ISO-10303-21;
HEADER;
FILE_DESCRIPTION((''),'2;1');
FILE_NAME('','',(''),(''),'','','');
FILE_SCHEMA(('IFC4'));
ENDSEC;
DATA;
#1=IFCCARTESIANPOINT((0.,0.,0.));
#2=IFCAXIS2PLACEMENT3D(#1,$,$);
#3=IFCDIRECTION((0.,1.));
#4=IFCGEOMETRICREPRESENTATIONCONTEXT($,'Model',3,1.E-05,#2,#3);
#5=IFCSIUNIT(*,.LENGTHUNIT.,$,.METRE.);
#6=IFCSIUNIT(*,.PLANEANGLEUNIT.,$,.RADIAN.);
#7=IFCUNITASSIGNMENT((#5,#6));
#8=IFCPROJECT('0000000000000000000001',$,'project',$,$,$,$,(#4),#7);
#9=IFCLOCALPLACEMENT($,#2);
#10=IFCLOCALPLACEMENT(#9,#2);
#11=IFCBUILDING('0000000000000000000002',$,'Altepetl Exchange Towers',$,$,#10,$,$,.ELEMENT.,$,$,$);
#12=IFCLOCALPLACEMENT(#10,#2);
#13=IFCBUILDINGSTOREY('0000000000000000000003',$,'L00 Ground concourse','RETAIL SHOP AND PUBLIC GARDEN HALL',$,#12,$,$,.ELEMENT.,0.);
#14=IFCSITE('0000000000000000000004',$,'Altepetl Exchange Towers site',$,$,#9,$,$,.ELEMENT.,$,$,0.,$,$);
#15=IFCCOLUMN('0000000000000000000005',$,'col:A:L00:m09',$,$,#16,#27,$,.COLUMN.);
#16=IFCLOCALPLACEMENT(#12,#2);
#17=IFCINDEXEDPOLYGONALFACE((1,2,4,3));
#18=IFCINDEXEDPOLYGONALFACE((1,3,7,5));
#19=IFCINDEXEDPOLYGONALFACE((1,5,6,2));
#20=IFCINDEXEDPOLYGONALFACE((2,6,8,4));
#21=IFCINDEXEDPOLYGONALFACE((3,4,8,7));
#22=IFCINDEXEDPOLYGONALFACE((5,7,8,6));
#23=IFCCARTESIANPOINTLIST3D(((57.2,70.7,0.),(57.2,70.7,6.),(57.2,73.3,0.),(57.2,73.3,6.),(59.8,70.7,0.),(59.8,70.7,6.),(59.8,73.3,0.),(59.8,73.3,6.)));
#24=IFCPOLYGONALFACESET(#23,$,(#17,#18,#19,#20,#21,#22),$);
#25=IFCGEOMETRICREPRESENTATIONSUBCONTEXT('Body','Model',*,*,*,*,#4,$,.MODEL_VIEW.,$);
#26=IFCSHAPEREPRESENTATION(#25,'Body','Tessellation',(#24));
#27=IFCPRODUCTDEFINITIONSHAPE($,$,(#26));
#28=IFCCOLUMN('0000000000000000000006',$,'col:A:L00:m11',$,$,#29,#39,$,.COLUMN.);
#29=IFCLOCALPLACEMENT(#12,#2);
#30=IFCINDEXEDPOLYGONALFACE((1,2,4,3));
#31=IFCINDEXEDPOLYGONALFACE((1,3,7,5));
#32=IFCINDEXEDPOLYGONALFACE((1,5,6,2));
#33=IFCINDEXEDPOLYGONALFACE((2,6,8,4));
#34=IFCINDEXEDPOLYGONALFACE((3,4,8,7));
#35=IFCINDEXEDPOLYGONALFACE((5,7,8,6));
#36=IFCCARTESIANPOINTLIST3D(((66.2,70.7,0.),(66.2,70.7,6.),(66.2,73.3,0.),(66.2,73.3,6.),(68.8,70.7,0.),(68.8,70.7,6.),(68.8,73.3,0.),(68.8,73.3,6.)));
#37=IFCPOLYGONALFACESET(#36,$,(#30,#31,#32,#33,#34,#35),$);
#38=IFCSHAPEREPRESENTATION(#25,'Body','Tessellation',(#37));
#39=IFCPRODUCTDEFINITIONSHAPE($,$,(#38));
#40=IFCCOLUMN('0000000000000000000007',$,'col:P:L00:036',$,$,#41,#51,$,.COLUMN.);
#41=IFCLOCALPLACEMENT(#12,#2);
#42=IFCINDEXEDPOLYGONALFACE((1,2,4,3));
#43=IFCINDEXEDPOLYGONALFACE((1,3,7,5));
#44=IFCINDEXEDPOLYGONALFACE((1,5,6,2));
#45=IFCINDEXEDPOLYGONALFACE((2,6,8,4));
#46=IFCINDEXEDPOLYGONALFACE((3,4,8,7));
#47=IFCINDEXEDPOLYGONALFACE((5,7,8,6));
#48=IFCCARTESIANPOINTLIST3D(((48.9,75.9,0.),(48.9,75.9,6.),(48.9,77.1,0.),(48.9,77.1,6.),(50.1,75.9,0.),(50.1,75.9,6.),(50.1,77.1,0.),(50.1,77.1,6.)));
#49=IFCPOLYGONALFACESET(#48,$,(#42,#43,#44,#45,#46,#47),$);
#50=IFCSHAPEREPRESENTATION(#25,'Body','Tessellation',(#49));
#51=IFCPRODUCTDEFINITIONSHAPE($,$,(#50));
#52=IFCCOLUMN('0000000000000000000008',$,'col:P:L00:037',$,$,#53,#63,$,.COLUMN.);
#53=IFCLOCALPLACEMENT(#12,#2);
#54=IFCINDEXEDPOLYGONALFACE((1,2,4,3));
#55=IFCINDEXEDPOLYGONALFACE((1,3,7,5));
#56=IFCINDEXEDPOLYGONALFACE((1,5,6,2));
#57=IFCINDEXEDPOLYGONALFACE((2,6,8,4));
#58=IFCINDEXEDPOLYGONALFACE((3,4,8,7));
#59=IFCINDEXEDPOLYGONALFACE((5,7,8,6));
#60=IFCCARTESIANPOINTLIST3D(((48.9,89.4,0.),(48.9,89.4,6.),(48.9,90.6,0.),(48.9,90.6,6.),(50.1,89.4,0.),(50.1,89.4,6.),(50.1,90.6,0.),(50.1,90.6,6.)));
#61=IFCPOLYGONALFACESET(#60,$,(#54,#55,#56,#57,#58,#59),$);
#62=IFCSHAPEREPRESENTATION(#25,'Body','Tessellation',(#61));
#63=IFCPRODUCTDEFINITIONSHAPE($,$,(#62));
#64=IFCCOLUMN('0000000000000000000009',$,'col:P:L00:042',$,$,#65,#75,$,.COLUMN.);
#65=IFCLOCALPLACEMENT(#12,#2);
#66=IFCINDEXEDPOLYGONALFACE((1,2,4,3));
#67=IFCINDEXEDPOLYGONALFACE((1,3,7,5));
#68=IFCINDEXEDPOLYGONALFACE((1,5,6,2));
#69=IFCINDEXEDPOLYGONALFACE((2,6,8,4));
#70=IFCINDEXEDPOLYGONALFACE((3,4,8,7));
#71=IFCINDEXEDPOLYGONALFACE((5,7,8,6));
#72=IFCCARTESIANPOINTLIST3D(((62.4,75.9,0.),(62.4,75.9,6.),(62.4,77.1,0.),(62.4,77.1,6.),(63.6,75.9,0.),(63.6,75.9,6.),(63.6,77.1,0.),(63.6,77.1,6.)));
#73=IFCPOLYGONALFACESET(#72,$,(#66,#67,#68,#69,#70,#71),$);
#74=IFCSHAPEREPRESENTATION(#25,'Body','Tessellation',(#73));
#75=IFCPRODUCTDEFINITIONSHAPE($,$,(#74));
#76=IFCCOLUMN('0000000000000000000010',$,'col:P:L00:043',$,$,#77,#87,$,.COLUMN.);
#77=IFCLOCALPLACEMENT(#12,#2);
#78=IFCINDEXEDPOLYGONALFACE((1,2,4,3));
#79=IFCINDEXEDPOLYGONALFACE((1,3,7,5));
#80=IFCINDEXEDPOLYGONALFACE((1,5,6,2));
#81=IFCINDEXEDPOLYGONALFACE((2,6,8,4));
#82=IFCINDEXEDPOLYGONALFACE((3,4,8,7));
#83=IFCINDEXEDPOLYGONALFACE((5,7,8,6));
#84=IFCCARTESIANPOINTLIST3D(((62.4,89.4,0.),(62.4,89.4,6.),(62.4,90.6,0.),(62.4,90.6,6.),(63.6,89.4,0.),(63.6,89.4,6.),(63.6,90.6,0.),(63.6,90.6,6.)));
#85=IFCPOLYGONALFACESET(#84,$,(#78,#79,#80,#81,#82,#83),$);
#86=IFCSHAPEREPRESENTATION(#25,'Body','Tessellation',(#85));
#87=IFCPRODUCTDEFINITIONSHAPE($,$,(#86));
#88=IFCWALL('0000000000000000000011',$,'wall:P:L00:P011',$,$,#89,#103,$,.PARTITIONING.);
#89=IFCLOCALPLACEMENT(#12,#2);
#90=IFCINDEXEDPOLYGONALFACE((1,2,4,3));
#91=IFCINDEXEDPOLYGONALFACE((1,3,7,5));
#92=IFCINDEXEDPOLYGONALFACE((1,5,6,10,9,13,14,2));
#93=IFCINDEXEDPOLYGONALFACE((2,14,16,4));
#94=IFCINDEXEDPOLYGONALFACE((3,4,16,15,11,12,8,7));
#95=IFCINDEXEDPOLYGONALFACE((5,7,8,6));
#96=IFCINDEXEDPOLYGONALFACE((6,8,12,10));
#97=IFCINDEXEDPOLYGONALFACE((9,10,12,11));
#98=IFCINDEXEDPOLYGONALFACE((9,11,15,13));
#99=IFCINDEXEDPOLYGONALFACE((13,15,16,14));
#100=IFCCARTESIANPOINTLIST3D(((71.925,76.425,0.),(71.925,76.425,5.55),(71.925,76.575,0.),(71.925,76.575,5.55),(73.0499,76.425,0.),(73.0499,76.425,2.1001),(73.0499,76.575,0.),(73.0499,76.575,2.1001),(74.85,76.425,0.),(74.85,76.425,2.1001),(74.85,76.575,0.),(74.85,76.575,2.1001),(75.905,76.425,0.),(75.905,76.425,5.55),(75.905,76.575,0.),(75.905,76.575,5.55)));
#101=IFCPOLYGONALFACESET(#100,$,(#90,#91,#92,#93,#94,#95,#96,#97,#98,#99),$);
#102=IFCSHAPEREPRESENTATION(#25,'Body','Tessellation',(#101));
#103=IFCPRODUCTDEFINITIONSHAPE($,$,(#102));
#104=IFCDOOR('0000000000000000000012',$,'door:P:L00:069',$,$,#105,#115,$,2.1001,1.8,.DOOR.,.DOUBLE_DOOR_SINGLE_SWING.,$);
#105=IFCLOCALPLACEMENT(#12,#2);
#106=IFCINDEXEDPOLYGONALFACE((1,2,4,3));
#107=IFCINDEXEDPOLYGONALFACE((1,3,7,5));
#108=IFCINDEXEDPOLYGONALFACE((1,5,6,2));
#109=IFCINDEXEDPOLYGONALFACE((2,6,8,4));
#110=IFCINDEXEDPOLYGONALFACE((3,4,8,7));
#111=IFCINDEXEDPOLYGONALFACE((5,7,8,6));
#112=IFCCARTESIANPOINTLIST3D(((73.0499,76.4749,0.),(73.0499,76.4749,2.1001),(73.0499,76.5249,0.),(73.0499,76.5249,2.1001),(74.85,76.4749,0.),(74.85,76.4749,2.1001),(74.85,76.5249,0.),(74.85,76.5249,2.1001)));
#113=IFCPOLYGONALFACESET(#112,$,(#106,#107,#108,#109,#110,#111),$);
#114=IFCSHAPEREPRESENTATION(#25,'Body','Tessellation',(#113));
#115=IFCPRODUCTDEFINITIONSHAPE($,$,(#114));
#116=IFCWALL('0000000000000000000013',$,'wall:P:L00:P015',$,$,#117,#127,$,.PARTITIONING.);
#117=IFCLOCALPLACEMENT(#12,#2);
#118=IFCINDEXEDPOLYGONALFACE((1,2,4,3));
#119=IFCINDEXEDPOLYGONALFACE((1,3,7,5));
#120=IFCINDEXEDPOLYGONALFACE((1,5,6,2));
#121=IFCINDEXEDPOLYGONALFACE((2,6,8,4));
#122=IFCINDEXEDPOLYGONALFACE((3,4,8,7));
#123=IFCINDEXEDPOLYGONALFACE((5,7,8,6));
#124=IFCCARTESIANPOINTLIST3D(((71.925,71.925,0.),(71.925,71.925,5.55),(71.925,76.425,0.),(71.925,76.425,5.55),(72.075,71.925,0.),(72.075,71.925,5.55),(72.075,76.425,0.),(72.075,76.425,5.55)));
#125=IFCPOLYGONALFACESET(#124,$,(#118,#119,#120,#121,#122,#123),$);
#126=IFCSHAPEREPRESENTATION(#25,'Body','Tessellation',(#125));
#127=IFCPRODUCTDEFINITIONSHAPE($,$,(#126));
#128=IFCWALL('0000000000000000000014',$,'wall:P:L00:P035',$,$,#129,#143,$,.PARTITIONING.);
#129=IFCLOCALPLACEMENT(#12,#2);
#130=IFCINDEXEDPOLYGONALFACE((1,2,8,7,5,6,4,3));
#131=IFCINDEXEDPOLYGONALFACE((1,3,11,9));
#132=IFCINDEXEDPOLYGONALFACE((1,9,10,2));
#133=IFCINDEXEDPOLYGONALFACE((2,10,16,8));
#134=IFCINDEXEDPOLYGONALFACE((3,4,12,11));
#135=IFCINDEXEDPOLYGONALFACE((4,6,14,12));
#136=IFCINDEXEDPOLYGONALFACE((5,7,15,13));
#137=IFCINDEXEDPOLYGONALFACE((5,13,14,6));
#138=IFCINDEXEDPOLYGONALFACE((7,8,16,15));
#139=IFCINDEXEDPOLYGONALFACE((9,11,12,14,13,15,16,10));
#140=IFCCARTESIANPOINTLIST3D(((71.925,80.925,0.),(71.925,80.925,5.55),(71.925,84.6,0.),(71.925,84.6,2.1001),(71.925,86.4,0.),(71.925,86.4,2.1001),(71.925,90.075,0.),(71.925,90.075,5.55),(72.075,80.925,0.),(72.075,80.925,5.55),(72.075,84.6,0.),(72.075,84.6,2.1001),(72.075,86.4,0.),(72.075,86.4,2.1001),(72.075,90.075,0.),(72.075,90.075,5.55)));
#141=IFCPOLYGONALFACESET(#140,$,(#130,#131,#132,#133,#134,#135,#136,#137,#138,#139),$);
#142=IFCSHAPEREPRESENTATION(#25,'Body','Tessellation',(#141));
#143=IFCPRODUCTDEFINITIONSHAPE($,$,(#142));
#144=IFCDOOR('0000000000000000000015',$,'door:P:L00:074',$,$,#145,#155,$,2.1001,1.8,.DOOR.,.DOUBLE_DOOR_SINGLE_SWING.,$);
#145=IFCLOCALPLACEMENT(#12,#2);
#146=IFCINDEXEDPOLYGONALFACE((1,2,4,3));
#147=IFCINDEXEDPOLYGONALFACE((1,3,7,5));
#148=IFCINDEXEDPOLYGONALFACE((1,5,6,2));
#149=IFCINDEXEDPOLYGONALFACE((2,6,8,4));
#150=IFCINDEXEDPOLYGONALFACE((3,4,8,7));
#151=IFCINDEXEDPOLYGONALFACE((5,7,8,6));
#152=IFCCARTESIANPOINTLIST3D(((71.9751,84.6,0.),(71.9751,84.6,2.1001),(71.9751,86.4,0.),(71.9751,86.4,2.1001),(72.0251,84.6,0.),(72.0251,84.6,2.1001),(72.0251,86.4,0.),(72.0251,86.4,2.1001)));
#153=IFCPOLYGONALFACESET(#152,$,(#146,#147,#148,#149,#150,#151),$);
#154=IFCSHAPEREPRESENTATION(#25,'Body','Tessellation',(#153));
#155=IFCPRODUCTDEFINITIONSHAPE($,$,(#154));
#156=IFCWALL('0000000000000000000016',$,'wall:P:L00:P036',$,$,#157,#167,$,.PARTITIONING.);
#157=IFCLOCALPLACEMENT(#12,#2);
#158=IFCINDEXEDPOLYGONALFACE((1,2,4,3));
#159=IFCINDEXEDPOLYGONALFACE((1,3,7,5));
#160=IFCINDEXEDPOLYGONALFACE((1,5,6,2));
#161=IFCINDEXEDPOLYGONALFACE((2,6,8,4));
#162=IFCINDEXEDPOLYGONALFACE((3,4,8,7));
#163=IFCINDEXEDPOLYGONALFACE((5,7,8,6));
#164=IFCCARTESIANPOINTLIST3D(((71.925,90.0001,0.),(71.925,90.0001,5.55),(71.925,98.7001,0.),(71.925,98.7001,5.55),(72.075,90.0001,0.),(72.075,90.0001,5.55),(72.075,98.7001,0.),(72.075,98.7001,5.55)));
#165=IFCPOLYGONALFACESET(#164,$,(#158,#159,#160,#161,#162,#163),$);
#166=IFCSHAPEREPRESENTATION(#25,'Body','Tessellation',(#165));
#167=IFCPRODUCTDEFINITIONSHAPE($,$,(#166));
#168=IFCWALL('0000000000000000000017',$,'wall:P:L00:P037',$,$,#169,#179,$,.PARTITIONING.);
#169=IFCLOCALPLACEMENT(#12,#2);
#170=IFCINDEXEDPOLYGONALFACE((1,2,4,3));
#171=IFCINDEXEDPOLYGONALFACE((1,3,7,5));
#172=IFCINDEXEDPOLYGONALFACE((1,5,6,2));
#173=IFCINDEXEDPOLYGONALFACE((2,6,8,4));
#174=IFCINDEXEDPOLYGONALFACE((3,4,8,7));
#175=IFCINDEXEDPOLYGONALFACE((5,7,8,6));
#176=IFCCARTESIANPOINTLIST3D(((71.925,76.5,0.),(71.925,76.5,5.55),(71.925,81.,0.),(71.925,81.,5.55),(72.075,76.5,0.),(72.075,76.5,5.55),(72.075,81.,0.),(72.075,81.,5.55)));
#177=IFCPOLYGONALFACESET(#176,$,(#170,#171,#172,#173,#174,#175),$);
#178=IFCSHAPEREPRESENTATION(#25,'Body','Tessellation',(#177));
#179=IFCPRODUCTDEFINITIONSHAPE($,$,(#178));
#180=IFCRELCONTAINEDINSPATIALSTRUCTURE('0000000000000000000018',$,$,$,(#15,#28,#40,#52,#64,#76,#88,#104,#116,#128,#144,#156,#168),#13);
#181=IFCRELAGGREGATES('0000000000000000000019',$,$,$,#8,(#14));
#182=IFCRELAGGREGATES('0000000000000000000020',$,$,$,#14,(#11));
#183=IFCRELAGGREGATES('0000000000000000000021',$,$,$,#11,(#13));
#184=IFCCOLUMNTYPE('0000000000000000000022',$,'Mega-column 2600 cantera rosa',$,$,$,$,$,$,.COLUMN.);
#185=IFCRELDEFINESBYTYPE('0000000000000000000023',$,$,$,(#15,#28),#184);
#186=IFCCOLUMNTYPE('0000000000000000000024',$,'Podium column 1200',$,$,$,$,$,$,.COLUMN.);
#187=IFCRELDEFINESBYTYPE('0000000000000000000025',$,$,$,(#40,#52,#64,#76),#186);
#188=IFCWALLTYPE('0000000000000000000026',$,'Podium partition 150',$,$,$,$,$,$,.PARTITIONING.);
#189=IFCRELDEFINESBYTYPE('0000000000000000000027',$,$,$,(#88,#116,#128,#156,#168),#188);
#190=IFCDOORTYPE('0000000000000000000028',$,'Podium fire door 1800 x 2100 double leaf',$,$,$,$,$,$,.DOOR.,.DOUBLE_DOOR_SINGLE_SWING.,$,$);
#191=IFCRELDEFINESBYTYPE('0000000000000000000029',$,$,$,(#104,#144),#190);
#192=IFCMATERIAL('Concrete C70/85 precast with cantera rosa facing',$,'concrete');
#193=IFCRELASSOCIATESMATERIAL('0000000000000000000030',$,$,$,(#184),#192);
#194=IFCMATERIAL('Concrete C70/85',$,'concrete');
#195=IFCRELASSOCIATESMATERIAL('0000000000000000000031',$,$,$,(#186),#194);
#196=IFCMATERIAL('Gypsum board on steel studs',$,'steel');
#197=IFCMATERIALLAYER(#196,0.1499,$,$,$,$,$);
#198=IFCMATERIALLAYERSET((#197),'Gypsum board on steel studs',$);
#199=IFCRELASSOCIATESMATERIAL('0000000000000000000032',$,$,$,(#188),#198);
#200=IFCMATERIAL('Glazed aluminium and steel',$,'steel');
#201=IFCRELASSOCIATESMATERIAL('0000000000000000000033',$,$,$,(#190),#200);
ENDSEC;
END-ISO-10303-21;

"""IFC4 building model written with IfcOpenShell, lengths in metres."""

from ifc_helpers import new_model, si_unit, direction, frame, frame_2d, origin, origin_2d, place, context, subcontext, project, spatial, rectangle, extrude, material, layer, layer_set, material_profile, profile_set, type_object, element, fill, save


model = new_model("IFC4")

# Units and contexts
model_context = context("Model", 3, precision=1e-05, world=origin(), true_north=direction((0.0, 1.0)))
body_context = subcontext(model_context, "Body", "Model", "MODEL_VIEW")
ifc_project = project(units=[si_unit("LENGTHUNIT", "METRE"), si_unit("PLANEANGLEUNIT", "RADIAN")], contexts=[model_context])

# Site, building, storey
site_placement = place(None, origin())
site = spatial("IfcSite", under=ifc_project, at=site_placement, Name="Altepetl Exchange Towers site", CompositionType="ELEMENT", RefElevation=0.0)
building_placement = place(site_placement, origin())
building = spatial("IfcBuilding", under=site, at=building_placement, Name="Altepetl Exchange Towers", CompositionType="ELEMENT")
storey_placement = place(building_placement, origin())
storey = spatial("IfcBuildingStorey", under=building, at=storey_placement, Name="L00 Ground concourse", Description="RETAIL SHOP AND PUBLIC GARDEN HALL", CompositionType="ELEMENT", Elevation=0.0)

# Columns
ifc_material_1 = material(Name="Concrete C70/85 precast with cantera rosa facing", Category="concrete")
ifc_material_profile_1 = material_profile(ifc_material_1, rectangle(XDim=2.6001, YDim=2.6001, at=origin_2d()), Name="2600 x 2600")
ifc_profile_set_1 = profile_set([ifc_material_profile_1], Name="Concrete C70/85 precast with cantera rosa facing")
column_type_1 = type_object("IfcColumnType", Name="Mega-column 2600 cantera rosa", PredefinedType="COLUMN", material=ifc_profile_set_1)
for number, where, name in (
    (1, (58.5, 72.0, 0.0), "col:A:L00:m09"),
    (2, (67.5, 72.0, 0.0), "col:A:L00:m11"),
):
    element("IfcColumn", number, at=place(storey_placement, frame(where)), inside=storey, type_object=column_type_1, Name=name, PredefinedType="COLUMN", context=body_context, shape_type="SweptSolid", body=[
        extrude(rectangle(XDim=2.6001, YDim=2.6001, at=origin_2d()), origin(), (0.0, 0.0, 1.0), 6.0),
    ])
ifc_material_2 = material(Name="Concrete C70/85", Category="concrete")
ifc_material_profile_2 = material_profile(ifc_material_2, rectangle(XDim=1.2, YDim=1.2, at=origin_2d()), Name="1200 x 1200")
ifc_profile_set_2 = profile_set([ifc_material_profile_2], Name="Concrete C70/85")
column_type_2 = type_object("IfcColumnType", Name="Podium column 1200", PredefinedType="COLUMN", material=ifc_profile_set_2)
for number, where, name in (
    (3, (49.5, 76.5, 0.0), "col:P:L00:036"),
    (4, (49.5, 90.0, 0.0), "col:P:L00:037"),
    (5, (63.0, 76.5, 0.0), "col:P:L00:042"),
    (6, (63.0, 90.0, 0.0), "col:P:L00:043"),
):
    element("IfcColumn", number, at=place(storey_placement, frame(where)), inside=storey, type_object=column_type_2, Name=name, PredefinedType="COLUMN", context=body_context, shape_type="SweptSolid", body=[
        extrude(rectangle(XDim=1.2, YDim=1.2, at=origin_2d()), origin(), (0.0, 0.0, 1.0), 6.0),
    ])

# Wall, opening, door
ifc_material_3 = material(Name="Gypsum board on steel studs", Category="steel")
ifc_layer_1 = layer(ifc_material_3, 0.1499)
ifc_layer_set_1 = layer_set([ifc_layer_1], Name="Gypsum board on steel studs")
wall_type_1 = type_object("IfcWallType", Name="Podium partition 150", PredefinedType="PARTITIONING", material=ifc_layer_set_1)
wall_1_placement = place(storey_placement, frame((71.925, 76.5, 0.0)))
wall_1 = element("IfcWall", 7, at=wall_1_placement, inside=storey, type_object=wall_type_1, Name="wall:P:L00:P011", PredefinedType="PARTITIONING", context=body_context, shape_type="SweptSolid", body=[
    extrude(rectangle(XDim=3.98, YDim=0.1499, at=frame_2d((1.99, 0.0))), origin(), (0.0, 0.0, 1.0), 5.55),
])
opening_1_placement = place(wall_1_placement, frame((1.125, 0.0, 0.0)))
opening_1 = element("IfcOpeningElement", 8, at=opening_1_placement, cuts=wall_1, PredefinedType="OPENING", context=body_context, shape_type="SweptSolid", body=[
    extrude(rectangle(XDim=1.8, YDim=2.1001, at=frame_2d((0.8999, 1.05))), frame((0.0, 0.085, 0.0), z_axis=(0.0, -1.0, 0.0), x_axis=(1.0, 0.0, 0.0)), (0.0, 0.0, 1.0), 0.1699),
])
ifc_material_4 = material(Name="Glazed aluminium and steel", Category="steel")
door_type_1 = type_object("IfcDoorType", Name="Podium fire door 1800 x 2100 double leaf", OperationType="DOUBLE_DOOR_SINGLE_SWING", PredefinedType="DOOR", material=ifc_material_4)
door_1_placement = place(opening_1_placement, origin())
door_1 = element("IfcDoor", 9, at=door_1_placement, inside=storey, type_object=door_type_1, Name="door:P:L00:069", OperationType="DOUBLE_DOOR_SINGLE_SWING", OverallHeight=2.1001, OverallWidth=1.8, PredefinedType="DOOR", context=body_context, shape_type="SweptSolid", body=[
    extrude(rectangle(XDim=1.8, YDim=2.1001, at=frame_2d((0.8999, 1.05))), frame((0.0, 0.0249, 0.0), z_axis=(0.0, -1.0, 0.0), x_axis=(1.0, 0.0, 0.0)), (0.0, 0.0, 1.0), 0.05),
])
fill(opening_1, door_1)

# Wall
wall_2_placement = place(storey_placement, frame((72.0, 71.925, 0.0), z_axis=(0.0, 0.0, 1.0), x_axis=(0.0, 1.0, 0.0)))
element("IfcWall", 10, at=wall_2_placement, inside=storey, type_object=wall_type_1, Name="wall:P:L00:P015", PredefinedType="PARTITIONING", context=body_context, shape_type="SweptSolid", body=[
    extrude(rectangle(XDim=4.5, YDim=0.1499, at=frame_2d((2.25, 0.0))), origin(), (0.0, 0.0, 1.0), 5.55),
])

# Wall, opening, door
wall_3_placement = place(storey_placement, frame((72.0, 80.925, 0.0), z_axis=(0.0, 0.0, 1.0), x_axis=(0.0, 1.0, 0.0)))
wall_3 = element("IfcWall", 11, at=wall_3_placement, inside=storey, type_object=wall_type_1, Name="wall:P:L00:P035", PredefinedType="PARTITIONING", context=body_context, shape_type="SweptSolid", body=[
    extrude(rectangle(XDim=9.1499, YDim=0.1499, at=frame_2d((4.575, 0.0))), origin(), (0.0, 0.0, 1.0), 5.55),
])
opening_2_placement = place(wall_3_placement, frame((3.675, 0.0, 0.0)))
opening_2 = element("IfcOpeningElement", 12, at=opening_2_placement, cuts=wall_3, PredefinedType="OPENING", context=body_context, shape_type="SweptSolid", body=[
    extrude(rectangle(XDim=1.8, YDim=2.1001, at=frame_2d((0.8999, 1.05))), frame((0.0, 0.085, 0.0), z_axis=(0.0, -1.0, 0.0), x_axis=(1.0, 0.0, 0.0)), (0.0, 0.0, 1.0), 0.1699),
])
door_2_placement = place(opening_2_placement, origin())
door_2 = element("IfcDoor", 13, at=door_2_placement, inside=storey, type_object=door_type_1, Name="door:P:L00:074", OperationType="DOUBLE_DOOR_SINGLE_SWING", OverallHeight=2.1001, OverallWidth=1.8, PredefinedType="DOOR", context=body_context, shape_type="SweptSolid", body=[
    extrude(rectangle(XDim=1.8, YDim=2.1001, at=frame_2d((0.8999, 1.05))), frame((0.0, 0.0249, 0.0), z_axis=(0.0, -1.0, 0.0), x_axis=(1.0, 0.0, 0.0)), (0.0, 0.0, 1.0), 0.05),
])
fill(opening_2, door_2)

# Walls
wall_4_placement = place(storey_placement, frame((72.0, 90.0, 0.0), z_axis=(0.0, 0.0, 1.0), x_axis=(0.0, 1.0, 0.0)))
element("IfcWall", 14, at=wall_4_placement, inside=storey, type_object=wall_type_1, Name="wall:P:L00:P036", PredefinedType="PARTITIONING", context=body_context, shape_type="SweptSolid", body=[
    extrude(rectangle(XDim=8.7, YDim=0.1499, at=frame_2d((4.3501, 0.0))), origin(), (0.0, 0.0, 1.0), 5.55),
])
wall_5_placement = place(storey_placement, frame((72.0, 76.5, 0.0), z_axis=(0.0, 0.0, 1.0), x_axis=(0.0, 1.0, 0.0)))
element("IfcWall", 15, at=wall_5_placement, inside=storey, type_object=wall_type_1, Name="wall:P:L00:P037", PredefinedType="PARTITIONING", context=body_context, shape_type="SweptSolid", body=[
    extrude(rectangle(XDim=4.5, YDim=0.1499, at=frame_2d((2.25, 0.0))), origin(), (0.0, 0.0, 1.0), 5.55),
])

save(model, "model.ifc")
